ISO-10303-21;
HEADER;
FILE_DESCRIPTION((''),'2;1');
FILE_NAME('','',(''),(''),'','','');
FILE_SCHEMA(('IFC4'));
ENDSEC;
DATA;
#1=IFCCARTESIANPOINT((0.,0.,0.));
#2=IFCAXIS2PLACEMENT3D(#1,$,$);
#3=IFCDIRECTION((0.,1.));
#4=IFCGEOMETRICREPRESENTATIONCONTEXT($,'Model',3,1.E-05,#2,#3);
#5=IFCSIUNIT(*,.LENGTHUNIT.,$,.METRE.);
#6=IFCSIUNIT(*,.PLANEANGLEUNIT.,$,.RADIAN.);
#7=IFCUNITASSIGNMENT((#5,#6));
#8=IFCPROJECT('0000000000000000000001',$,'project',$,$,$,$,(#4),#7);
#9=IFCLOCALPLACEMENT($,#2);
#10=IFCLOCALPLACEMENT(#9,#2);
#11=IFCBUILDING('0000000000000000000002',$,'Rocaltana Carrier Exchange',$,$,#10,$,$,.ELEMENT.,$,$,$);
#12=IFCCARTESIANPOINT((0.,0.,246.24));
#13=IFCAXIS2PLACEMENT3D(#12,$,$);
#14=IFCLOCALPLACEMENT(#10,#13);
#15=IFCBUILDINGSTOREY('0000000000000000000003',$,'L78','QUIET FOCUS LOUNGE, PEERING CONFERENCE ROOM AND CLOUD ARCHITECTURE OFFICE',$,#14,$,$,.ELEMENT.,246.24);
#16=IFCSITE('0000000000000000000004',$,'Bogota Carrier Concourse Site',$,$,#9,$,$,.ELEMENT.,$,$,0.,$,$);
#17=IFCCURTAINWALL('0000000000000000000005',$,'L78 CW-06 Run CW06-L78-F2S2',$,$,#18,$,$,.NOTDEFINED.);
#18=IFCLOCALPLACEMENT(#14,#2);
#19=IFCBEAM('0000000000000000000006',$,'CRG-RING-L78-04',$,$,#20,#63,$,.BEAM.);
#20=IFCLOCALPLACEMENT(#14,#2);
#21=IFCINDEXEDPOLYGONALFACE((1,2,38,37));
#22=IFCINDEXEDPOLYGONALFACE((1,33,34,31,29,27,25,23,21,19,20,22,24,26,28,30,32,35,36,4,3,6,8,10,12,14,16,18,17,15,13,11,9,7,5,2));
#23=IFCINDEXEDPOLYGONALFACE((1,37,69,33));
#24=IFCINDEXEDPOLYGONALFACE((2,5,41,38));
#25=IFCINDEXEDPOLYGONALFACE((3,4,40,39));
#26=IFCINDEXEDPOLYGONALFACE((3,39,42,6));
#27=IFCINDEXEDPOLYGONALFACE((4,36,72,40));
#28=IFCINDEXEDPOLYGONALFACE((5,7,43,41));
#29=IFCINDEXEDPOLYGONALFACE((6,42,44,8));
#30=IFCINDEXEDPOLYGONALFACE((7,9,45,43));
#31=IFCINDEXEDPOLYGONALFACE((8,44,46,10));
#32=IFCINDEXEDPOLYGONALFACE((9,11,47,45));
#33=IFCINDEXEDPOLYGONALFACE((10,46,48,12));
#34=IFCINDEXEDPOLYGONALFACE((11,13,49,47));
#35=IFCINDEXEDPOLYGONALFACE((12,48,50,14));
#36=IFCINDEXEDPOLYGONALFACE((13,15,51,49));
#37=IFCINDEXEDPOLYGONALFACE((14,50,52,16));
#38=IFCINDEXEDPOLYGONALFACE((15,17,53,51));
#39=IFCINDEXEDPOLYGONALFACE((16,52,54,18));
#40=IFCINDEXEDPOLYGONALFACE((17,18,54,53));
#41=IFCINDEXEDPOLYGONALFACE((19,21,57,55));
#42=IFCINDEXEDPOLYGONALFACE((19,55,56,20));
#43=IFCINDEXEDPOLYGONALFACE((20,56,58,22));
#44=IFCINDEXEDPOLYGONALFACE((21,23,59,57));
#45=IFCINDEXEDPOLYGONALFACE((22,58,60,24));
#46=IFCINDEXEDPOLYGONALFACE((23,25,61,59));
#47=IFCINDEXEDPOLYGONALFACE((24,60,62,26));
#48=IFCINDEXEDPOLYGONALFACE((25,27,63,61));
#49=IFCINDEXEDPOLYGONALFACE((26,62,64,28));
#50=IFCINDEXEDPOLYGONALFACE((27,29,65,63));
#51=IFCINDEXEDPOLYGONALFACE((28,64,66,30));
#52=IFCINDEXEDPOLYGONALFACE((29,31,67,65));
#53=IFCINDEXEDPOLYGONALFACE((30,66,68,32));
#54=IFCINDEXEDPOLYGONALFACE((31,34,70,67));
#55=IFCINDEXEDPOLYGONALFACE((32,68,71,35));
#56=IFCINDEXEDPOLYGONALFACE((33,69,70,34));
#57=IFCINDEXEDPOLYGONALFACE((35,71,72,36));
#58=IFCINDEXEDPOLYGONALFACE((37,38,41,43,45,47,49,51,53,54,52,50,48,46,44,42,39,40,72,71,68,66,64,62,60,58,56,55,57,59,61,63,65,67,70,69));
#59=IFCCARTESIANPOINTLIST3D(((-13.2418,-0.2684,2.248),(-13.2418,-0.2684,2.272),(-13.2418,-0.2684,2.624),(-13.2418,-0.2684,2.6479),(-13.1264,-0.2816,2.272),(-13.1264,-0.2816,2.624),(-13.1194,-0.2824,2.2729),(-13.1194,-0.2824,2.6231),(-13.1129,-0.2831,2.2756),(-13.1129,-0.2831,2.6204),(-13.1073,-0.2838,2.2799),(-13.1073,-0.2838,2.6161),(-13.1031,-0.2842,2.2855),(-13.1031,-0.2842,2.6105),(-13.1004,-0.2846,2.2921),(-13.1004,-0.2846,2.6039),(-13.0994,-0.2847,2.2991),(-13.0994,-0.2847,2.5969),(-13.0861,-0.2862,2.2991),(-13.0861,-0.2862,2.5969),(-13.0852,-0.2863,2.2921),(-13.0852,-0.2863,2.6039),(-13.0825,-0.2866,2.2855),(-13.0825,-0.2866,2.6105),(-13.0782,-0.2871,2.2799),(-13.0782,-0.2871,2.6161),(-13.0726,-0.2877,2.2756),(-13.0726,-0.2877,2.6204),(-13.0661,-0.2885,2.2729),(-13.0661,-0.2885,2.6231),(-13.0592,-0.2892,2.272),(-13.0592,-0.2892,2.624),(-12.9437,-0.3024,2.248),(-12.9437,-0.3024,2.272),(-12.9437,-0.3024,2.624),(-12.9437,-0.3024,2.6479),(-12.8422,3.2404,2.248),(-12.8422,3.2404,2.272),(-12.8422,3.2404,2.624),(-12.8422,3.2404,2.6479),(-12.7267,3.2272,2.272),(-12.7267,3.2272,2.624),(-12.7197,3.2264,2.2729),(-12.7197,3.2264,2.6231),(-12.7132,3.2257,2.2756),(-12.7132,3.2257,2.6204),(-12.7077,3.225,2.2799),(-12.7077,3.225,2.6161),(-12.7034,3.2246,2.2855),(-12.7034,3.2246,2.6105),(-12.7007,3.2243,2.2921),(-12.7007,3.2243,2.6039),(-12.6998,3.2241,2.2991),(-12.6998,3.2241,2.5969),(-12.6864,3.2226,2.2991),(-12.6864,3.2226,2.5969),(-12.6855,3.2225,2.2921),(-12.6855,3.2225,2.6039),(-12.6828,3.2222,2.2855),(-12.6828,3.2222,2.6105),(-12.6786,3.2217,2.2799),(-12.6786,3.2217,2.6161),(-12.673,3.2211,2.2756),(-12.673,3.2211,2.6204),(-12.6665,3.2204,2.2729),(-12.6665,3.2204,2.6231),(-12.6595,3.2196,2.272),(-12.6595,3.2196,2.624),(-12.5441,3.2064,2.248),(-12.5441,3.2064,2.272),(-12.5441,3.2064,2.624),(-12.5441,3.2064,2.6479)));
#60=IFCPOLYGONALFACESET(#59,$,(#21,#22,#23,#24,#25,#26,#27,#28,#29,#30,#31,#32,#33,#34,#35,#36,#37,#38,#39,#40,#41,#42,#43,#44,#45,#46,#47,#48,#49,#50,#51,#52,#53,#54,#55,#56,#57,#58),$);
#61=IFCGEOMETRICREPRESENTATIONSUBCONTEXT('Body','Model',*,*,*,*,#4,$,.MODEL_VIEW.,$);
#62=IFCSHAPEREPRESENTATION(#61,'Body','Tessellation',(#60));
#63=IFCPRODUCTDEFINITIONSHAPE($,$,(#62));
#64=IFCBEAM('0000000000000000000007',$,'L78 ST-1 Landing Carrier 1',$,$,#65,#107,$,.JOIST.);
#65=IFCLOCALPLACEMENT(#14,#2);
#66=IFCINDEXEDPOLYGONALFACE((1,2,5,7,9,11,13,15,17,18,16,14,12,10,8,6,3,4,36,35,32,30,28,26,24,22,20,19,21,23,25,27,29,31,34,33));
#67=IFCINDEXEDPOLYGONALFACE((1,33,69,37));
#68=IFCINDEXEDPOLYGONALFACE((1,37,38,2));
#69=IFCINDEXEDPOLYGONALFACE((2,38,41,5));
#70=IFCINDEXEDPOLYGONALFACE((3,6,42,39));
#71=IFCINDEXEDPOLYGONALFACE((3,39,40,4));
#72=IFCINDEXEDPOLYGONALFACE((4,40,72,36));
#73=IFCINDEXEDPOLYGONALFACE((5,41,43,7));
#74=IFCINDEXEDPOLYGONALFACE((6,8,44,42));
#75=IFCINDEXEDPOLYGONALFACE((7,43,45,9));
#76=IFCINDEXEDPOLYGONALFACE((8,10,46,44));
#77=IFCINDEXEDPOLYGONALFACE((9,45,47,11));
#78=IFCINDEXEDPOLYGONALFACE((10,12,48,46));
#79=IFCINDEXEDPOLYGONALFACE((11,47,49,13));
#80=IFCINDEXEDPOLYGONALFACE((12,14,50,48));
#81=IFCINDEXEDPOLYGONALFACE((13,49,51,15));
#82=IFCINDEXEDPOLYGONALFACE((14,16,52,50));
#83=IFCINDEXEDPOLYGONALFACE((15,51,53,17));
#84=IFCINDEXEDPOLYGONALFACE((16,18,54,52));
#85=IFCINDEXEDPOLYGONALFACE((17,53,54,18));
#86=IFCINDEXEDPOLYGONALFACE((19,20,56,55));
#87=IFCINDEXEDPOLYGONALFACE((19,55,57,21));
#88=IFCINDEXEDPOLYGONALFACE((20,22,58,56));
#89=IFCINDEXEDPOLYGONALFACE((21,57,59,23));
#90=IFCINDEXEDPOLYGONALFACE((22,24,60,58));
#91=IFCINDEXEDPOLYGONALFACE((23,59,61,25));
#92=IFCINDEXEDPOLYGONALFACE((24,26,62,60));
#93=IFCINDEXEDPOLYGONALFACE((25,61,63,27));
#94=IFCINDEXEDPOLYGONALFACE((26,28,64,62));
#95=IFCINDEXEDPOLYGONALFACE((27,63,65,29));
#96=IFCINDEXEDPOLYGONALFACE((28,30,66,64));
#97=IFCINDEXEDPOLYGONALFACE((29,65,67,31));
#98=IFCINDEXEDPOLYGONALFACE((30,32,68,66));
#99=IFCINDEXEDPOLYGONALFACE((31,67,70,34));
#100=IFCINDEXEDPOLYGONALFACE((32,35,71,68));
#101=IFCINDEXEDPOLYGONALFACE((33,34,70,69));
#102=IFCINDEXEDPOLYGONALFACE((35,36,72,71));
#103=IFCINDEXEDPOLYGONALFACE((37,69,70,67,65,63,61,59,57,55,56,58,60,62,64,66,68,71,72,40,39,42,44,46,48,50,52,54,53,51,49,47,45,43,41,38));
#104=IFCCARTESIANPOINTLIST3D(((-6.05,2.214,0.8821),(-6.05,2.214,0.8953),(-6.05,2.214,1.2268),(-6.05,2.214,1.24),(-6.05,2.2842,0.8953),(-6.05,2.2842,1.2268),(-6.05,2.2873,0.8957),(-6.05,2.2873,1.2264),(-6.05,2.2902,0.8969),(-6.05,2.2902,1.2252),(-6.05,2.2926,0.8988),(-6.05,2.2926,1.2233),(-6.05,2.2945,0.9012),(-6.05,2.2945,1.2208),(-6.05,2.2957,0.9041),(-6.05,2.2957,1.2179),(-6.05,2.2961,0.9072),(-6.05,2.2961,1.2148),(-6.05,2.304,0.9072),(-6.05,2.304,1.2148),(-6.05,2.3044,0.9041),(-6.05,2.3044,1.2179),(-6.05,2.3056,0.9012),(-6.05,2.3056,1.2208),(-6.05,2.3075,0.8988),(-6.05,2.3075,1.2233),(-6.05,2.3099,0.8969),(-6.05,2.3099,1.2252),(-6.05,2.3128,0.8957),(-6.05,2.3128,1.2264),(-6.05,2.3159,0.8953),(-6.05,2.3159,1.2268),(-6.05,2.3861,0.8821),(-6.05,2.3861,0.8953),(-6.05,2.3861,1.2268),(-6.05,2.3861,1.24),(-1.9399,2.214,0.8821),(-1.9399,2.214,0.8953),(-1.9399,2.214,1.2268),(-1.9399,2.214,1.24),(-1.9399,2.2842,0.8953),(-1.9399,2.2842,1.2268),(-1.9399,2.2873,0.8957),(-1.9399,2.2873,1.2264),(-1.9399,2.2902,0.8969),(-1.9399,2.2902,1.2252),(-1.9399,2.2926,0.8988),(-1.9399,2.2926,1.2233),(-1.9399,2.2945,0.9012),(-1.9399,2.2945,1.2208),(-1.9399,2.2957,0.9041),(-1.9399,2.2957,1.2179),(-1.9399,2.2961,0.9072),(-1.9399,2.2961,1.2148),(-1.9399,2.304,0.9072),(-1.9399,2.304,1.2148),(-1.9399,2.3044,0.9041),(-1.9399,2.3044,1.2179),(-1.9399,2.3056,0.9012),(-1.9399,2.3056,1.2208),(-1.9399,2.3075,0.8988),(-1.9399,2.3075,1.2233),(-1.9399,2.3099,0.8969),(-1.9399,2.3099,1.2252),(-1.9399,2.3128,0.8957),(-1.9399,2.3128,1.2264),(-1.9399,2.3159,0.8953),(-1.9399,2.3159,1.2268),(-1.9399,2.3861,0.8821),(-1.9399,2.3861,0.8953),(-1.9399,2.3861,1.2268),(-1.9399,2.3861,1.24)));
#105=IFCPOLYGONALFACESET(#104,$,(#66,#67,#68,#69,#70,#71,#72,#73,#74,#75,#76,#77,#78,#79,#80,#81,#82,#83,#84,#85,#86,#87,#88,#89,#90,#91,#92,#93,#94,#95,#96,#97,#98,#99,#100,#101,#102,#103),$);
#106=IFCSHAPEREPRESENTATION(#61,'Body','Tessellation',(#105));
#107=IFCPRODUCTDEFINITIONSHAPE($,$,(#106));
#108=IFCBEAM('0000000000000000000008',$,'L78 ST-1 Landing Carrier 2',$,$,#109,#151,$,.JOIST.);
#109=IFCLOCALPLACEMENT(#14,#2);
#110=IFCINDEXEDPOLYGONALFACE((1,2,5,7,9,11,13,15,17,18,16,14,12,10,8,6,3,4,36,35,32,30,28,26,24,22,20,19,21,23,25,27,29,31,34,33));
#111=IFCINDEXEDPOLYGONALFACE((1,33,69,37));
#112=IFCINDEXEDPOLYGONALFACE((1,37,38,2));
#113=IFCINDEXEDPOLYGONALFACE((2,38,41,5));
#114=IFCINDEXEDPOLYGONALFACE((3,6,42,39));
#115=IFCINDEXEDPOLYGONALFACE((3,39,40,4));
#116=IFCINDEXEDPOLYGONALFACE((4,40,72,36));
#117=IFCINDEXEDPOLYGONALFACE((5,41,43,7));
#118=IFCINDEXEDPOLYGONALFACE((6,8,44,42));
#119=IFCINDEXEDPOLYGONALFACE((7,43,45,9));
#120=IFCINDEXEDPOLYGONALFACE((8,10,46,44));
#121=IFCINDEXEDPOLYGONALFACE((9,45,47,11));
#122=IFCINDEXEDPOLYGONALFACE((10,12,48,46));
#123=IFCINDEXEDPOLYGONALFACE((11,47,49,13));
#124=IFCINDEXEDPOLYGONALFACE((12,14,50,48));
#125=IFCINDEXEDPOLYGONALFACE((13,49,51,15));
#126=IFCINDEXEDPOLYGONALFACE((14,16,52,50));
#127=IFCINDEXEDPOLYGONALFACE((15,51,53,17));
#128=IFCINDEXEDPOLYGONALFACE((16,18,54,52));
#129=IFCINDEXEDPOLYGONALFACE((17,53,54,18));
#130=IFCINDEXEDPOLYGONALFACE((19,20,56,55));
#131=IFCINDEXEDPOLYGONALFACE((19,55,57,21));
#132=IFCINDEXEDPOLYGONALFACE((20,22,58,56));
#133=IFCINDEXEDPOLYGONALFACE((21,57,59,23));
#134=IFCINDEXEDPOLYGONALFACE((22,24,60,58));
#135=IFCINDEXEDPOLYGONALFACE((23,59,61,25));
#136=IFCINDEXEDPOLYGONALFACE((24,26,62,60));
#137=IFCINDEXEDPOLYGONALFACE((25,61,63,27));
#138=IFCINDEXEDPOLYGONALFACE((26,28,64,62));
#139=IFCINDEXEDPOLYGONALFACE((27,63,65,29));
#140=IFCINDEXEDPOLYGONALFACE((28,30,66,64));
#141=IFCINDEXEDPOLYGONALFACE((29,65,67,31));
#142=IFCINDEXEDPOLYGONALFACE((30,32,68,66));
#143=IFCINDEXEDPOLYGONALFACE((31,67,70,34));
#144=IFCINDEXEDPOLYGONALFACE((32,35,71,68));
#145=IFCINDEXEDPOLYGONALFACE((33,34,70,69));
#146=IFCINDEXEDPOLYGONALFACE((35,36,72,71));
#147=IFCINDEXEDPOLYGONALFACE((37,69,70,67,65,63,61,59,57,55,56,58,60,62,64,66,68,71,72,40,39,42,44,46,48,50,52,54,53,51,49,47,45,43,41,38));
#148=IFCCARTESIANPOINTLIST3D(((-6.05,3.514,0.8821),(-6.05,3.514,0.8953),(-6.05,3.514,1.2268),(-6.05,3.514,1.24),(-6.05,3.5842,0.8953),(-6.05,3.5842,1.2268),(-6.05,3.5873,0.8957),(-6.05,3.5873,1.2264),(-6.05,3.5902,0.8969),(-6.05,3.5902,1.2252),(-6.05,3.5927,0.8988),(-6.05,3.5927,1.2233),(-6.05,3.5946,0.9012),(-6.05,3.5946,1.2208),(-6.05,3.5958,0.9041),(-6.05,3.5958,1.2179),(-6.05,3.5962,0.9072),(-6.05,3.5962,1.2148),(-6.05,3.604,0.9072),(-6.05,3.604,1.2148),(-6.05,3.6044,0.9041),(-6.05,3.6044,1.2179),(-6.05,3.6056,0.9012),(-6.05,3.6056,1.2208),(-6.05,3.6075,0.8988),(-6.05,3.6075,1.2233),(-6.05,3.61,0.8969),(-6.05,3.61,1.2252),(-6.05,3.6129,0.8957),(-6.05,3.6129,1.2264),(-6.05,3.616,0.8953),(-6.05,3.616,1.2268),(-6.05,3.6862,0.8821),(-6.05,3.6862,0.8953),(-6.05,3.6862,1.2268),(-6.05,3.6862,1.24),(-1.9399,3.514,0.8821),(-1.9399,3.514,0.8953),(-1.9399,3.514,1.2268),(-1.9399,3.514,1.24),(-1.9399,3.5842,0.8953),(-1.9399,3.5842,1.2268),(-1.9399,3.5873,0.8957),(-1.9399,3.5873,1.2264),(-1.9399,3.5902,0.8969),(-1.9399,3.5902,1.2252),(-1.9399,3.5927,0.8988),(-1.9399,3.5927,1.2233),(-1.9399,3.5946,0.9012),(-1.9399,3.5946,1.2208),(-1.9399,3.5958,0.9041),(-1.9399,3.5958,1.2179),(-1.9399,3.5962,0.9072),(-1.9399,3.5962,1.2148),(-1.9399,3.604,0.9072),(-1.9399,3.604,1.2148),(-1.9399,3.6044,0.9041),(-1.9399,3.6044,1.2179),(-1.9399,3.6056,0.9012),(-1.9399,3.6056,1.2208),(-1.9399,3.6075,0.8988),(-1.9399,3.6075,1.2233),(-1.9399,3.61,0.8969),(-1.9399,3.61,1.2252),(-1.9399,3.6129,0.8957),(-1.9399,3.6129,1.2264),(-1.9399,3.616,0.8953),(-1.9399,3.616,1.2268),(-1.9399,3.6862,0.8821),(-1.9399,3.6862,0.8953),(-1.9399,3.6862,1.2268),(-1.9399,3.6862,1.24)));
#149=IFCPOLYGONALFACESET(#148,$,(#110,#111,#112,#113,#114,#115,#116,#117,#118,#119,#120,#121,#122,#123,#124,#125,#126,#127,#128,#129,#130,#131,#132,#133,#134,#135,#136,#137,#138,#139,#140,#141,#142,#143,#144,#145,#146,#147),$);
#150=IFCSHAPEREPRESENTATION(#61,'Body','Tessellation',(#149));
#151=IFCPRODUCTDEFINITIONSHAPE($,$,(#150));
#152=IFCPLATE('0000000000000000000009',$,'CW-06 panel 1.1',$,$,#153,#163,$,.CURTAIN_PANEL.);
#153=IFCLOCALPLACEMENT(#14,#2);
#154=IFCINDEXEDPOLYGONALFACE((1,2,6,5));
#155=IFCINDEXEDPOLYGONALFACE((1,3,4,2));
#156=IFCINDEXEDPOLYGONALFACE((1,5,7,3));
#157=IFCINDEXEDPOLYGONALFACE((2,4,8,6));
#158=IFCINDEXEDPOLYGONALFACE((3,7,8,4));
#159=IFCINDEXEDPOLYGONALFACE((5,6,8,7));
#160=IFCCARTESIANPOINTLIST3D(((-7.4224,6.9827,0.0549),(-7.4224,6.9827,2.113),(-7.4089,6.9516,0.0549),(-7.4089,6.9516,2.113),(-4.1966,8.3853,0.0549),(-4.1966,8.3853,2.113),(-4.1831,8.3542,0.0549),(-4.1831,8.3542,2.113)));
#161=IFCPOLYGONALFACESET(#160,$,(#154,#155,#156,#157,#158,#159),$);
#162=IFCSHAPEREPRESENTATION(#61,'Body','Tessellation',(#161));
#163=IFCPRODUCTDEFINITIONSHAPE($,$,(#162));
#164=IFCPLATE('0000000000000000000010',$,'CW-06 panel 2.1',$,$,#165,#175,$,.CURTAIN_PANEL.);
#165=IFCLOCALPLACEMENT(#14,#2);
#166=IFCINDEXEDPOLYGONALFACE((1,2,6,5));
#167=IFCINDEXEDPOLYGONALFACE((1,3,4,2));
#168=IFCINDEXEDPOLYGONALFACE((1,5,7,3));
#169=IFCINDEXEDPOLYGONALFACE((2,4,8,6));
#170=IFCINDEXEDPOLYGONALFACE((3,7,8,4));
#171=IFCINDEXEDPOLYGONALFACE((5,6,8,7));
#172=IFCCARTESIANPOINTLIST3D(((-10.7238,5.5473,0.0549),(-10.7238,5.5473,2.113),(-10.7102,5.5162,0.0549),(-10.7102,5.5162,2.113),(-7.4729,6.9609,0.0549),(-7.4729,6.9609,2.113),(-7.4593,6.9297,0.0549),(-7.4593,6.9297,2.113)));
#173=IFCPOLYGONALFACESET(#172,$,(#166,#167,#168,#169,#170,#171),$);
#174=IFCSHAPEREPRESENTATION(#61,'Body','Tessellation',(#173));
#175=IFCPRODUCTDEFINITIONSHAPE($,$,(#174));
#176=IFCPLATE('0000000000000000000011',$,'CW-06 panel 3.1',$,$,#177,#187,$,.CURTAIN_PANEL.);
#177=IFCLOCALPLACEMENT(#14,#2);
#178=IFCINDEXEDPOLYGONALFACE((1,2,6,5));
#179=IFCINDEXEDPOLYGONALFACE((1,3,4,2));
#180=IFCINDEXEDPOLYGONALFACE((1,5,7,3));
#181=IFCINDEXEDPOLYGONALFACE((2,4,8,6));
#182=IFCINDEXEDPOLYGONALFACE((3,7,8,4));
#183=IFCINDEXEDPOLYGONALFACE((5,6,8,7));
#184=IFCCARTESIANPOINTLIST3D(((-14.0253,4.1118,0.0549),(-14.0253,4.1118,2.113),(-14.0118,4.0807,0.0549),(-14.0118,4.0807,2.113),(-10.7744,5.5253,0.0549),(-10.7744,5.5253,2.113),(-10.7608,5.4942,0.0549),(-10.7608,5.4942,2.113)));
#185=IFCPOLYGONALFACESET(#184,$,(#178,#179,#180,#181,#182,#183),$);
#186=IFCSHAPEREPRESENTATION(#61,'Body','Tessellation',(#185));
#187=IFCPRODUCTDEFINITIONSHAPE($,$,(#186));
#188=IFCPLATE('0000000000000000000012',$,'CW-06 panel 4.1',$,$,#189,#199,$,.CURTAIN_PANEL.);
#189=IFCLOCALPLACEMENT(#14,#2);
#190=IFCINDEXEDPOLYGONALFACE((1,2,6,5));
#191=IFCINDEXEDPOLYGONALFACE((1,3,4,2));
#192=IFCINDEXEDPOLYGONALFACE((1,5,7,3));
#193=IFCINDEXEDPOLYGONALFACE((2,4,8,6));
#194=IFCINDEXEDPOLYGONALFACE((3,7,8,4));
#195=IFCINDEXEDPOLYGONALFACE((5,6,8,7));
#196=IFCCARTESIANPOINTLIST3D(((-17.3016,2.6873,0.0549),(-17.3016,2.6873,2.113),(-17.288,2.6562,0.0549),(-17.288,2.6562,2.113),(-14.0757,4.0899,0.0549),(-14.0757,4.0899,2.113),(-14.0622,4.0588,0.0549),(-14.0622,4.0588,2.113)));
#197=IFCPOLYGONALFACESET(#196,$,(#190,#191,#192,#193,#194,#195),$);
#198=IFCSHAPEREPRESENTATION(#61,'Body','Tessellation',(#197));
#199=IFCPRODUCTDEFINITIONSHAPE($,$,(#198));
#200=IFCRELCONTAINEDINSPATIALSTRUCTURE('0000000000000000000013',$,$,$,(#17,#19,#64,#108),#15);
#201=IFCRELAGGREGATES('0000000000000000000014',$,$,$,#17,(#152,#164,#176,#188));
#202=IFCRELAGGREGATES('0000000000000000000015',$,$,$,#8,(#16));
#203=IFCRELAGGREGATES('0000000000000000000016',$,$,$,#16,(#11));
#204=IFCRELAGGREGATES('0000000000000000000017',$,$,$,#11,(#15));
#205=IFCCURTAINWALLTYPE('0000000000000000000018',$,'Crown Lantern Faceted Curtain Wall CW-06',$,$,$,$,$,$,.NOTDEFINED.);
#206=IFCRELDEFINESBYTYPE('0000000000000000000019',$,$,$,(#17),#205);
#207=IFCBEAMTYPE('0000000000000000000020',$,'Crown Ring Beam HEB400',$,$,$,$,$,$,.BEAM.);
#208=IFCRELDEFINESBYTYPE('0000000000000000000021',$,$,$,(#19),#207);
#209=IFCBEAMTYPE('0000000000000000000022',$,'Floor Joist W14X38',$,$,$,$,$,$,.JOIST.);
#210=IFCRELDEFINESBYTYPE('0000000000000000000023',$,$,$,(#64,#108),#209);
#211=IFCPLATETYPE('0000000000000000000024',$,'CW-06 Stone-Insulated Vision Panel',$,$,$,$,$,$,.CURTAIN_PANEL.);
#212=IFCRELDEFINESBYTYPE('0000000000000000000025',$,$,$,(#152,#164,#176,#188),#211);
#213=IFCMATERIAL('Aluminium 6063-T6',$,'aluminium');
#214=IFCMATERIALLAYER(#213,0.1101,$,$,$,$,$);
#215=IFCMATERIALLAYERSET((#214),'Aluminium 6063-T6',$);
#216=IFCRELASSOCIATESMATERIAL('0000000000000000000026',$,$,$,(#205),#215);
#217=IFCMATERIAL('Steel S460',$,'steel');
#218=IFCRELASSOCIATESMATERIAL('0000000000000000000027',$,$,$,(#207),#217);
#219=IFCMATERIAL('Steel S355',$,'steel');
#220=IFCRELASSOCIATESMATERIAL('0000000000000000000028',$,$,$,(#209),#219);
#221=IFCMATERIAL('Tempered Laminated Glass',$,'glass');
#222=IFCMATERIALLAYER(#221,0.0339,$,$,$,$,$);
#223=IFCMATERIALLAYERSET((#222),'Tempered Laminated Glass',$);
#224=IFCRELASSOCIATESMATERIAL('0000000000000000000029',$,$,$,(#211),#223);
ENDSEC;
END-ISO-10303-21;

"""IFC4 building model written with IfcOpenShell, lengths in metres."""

from ifc_helpers import new_model, si_unit, direction, frame, origin, origin_2d, place, context, subcontext, project, spatial, rectangle, i_section, extrude, material, layer, layer_set, material_profile, profile_set, type_object, element, aggregate, save


model = new_model("IFC4")

# Units and contexts
model_context = context("Model", 3, precision=1e-05, world=origin(), true_north=direction((0.0, 1.0)))
body_context = subcontext(model_context, "Body", "Model", "MODEL_VIEW")
ifc_project = project(units=[si_unit("LENGTHUNIT", "METRE"), si_unit("PLANEANGLEUNIT", "RADIAN")], contexts=[model_context])

# Site, building, storey
site_placement = place(None, origin())
site = spatial("IfcSite", under=ifc_project, at=site_placement, Name="Bogota Carrier Concourse Site", CompositionType="ELEMENT", RefElevation=0.0)
building_placement = place(site_placement, origin())
building = spatial("IfcBuilding", under=site, at=building_placement, Name="Rocaltana Carrier Exchange", CompositionType="ELEMENT")
storey_placement = place(building_placement, frame((0.0, 0.0, 246.24)))
storey = spatial("IfcBuildingStorey", under=building, at=storey_placement, Name="L78", Description="QUIET FOCUS LOUNGE, PEERING CONFERENCE ROOM AND CLOUD ARCHITECTURE OFFICE", CompositionType="ELEMENT", Elevation=246.24)

# Curtain wall
ifc_material_1 = material(Name="Aluminium 6063-T6", Category="aluminium")
ifc_layer_1 = layer(ifc_material_1, 0.1101)
ifc_layer_set_1 = layer_set([ifc_layer_1], Name="Aluminium 6063-T6")
curtain_wall_type = type_object("IfcCurtainWallType", Name="Crown Lantern Faceted Curtain Wall CW-06", PredefinedType="NOTDEFINED", material=ifc_layer_set_1)
curtain_wall_1_placement = place(storey_placement, origin())
curtain_wall_1 = element("IfcCurtainWall", 1, at=curtain_wall_1_placement, inside=storey, type_object=curtain_wall_type, Name="L78 CW-06 Run CW06-L78-F2S2", PredefinedType="NOTDEFINED")

# Beams
ifc_material_2 = material(Name="Steel S460", Category="steel")
ifc_material_profile_1 = material_profile(ifc_material_2, i_section(OverallWidth=0.3, OverallDepth=0.3999, WebThickness=0.0134, FlangeThickness=0.0239, FilletRadius=0.0271, at=origin_2d()), Name="HEB400")
ifc_profile_set_1 = profile_set([ifc_material_profile_1], Name="Steel S460")
beam_type_1 = type_object("IfcBeamType", Name="Crown Ring Beam HEB400", PredefinedType="BEAM", material=ifc_profile_set_1)
beam_1_placement = place(storey_placement, frame((-12.6931, 3.2234, 2.448), z_axis=(-0.11317, -0.993576, 0.0), x_axis=(0.993576, -0.11317, 0.0)))
element("IfcBeam", 2, at=beam_1_placement, inside=storey, type_object=beam_type_1, Name="CRG-RING-L78-04", PredefinedType="BEAM", context=body_context, shape_type="SweptSolid", body=[
    extrude(i_section(OverallWidth=0.3, OverallDepth=0.3999, WebThickness=0.0134, FlangeThickness=0.0239, FilletRadius=0.0271, at=origin_2d()), origin(), (0.0, 0.0, 1.0), 3.5315),
])
ifc_material_3 = material(Name="Steel S355", Category="steel")
ifc_material_profile_2 = material_profile(ifc_material_3, i_section(OverallWidth=0.1721, OverallDepth=0.3579, WebThickness=0.0078, FlangeThickness=0.0132, FilletRadius=0.012, at=origin_2d()), Name="W14X38")
ifc_profile_set_2 = profile_set([ifc_material_profile_2], Name="Steel S355")
beam_type_2 = type_object("IfcBeamType", Name="Floor Joist W14X38", PredefinedType="JOIST", material=ifc_profile_set_2)
for number, where, z_axis, x_axis, name in (
    (3, (-6.05, 2.3, 1.061), (1.0, 0.0, 0.0), (0.0, 1.0, 0.0), "L78 ST-1 Landing Carrier 1"),
    (4, (-6.05, 3.6001, 1.061), (1.0, 0.0, 0.0), (0.0, 1.0, 0.0), "L78 ST-1 Landing Carrier 2"),
):
    element("IfcBeam", number, at=place(storey_placement, frame(where, z_axis=z_axis, x_axis=x_axis)), inside=storey, type_object=beam_type_2, Name=name, PredefinedType="JOIST", context=body_context, shape_type="SweptSolid", body=[
        extrude(i_section(OverallWidth=0.1721, OverallDepth=0.3579, WebThickness=0.0078, FlangeThickness=0.0132, FilletRadius=0.012, at=origin_2d()), origin(), (0.0, 0.0, 1.0), 4.1101),
    ])

# Plates
ifc_material_4 = material(Name="Tempered Laminated Glass", Category="glass")
ifc_layer_2 = layer(ifc_material_4, 0.0339)
ifc_layer_set_2 = layer_set([ifc_layer_2], Name="Tempered Laminated Glass")
plate_type = type_object("IfcPlateType", Name="CW-06 Stone-Insulated Vision Panel", PredefinedType="CURTAIN_PANEL", material=ifc_layer_set_2)
plate_1_placement = place(storey_placement, frame((-5.8027, 7.6685, 0.0549), z_axis=(0.0, 0.0, 1.0), x_axis=(-0.91706, -0.398749, 0.0)))
plate_1 = element("IfcPlate", 5, at=plate_1_placement, type_object=plate_type, Name="CW-06 panel 1.1", PredefinedType="CURTAIN_PANEL", context=body_context, shape_type="SweptSolid", body=[
    extrude(rectangle(XDim=3.5176, YDim=0.0339, at=origin_2d()), origin(), (0.0, 0.0, 1.0), 2.0581),
])
plate_2_placement = place(storey_placement, frame((-9.0916, 6.2385, 0.0549), z_axis=(0.0, 0.0, 1.0), x_axis=(-0.91706, -0.398749, 0.0)))
plate_2 = element("IfcPlate", 6, at=plate_2_placement, type_object=plate_type, Name="CW-06 panel 2.1", PredefinedType="CURTAIN_PANEL", context=body_context, shape_type="SweptSolid", body=[
    extrude(rectangle(XDim=3.5449, YDim=0.0339, at=origin_2d()), origin(), (0.0, 0.0, 1.0), 2.0581),
])
plate_3_placement = place(storey_placement, frame((-12.3931, 4.803, 0.0549), z_axis=(0.0, 0.0, 1.0), x_axis=(-0.91706, -0.398749, 0.0)))
plate_3 = element("IfcPlate", 7, at=plate_3_placement, type_object=plate_type, Name="CW-06 panel 3.1", PredefinedType="CURTAIN_PANEL", context=body_context, shape_type="SweptSolid", body=[
    extrude(rectangle(XDim=3.5449, YDim=0.0339, at=origin_2d()), origin(), (0.0, 0.0, 1.0), 2.0581),
])
plate_4_placement = place(storey_placement, frame((-15.6819, 3.373, 0.0549), z_axis=(0.0, 0.0, 1.0), x_axis=(-0.91706, -0.398749, 0.0)))
plate_4 = element("IfcPlate", 8, at=plate_4_placement, type_object=plate_type, Name="CW-06 panel 4.1", PredefinedType="CURTAIN_PANEL", context=body_context, shape_type="SweptSolid", body=[
    extrude(rectangle(XDim=3.5176, YDim=0.0339, at=origin_2d()), origin(), (0.0, 0.0, 1.0), 2.0581),
])
aggregate(curtain_wall_1, [plate_1, plate_2, plate_3, plate_4])

save(model, "model.ifc")
